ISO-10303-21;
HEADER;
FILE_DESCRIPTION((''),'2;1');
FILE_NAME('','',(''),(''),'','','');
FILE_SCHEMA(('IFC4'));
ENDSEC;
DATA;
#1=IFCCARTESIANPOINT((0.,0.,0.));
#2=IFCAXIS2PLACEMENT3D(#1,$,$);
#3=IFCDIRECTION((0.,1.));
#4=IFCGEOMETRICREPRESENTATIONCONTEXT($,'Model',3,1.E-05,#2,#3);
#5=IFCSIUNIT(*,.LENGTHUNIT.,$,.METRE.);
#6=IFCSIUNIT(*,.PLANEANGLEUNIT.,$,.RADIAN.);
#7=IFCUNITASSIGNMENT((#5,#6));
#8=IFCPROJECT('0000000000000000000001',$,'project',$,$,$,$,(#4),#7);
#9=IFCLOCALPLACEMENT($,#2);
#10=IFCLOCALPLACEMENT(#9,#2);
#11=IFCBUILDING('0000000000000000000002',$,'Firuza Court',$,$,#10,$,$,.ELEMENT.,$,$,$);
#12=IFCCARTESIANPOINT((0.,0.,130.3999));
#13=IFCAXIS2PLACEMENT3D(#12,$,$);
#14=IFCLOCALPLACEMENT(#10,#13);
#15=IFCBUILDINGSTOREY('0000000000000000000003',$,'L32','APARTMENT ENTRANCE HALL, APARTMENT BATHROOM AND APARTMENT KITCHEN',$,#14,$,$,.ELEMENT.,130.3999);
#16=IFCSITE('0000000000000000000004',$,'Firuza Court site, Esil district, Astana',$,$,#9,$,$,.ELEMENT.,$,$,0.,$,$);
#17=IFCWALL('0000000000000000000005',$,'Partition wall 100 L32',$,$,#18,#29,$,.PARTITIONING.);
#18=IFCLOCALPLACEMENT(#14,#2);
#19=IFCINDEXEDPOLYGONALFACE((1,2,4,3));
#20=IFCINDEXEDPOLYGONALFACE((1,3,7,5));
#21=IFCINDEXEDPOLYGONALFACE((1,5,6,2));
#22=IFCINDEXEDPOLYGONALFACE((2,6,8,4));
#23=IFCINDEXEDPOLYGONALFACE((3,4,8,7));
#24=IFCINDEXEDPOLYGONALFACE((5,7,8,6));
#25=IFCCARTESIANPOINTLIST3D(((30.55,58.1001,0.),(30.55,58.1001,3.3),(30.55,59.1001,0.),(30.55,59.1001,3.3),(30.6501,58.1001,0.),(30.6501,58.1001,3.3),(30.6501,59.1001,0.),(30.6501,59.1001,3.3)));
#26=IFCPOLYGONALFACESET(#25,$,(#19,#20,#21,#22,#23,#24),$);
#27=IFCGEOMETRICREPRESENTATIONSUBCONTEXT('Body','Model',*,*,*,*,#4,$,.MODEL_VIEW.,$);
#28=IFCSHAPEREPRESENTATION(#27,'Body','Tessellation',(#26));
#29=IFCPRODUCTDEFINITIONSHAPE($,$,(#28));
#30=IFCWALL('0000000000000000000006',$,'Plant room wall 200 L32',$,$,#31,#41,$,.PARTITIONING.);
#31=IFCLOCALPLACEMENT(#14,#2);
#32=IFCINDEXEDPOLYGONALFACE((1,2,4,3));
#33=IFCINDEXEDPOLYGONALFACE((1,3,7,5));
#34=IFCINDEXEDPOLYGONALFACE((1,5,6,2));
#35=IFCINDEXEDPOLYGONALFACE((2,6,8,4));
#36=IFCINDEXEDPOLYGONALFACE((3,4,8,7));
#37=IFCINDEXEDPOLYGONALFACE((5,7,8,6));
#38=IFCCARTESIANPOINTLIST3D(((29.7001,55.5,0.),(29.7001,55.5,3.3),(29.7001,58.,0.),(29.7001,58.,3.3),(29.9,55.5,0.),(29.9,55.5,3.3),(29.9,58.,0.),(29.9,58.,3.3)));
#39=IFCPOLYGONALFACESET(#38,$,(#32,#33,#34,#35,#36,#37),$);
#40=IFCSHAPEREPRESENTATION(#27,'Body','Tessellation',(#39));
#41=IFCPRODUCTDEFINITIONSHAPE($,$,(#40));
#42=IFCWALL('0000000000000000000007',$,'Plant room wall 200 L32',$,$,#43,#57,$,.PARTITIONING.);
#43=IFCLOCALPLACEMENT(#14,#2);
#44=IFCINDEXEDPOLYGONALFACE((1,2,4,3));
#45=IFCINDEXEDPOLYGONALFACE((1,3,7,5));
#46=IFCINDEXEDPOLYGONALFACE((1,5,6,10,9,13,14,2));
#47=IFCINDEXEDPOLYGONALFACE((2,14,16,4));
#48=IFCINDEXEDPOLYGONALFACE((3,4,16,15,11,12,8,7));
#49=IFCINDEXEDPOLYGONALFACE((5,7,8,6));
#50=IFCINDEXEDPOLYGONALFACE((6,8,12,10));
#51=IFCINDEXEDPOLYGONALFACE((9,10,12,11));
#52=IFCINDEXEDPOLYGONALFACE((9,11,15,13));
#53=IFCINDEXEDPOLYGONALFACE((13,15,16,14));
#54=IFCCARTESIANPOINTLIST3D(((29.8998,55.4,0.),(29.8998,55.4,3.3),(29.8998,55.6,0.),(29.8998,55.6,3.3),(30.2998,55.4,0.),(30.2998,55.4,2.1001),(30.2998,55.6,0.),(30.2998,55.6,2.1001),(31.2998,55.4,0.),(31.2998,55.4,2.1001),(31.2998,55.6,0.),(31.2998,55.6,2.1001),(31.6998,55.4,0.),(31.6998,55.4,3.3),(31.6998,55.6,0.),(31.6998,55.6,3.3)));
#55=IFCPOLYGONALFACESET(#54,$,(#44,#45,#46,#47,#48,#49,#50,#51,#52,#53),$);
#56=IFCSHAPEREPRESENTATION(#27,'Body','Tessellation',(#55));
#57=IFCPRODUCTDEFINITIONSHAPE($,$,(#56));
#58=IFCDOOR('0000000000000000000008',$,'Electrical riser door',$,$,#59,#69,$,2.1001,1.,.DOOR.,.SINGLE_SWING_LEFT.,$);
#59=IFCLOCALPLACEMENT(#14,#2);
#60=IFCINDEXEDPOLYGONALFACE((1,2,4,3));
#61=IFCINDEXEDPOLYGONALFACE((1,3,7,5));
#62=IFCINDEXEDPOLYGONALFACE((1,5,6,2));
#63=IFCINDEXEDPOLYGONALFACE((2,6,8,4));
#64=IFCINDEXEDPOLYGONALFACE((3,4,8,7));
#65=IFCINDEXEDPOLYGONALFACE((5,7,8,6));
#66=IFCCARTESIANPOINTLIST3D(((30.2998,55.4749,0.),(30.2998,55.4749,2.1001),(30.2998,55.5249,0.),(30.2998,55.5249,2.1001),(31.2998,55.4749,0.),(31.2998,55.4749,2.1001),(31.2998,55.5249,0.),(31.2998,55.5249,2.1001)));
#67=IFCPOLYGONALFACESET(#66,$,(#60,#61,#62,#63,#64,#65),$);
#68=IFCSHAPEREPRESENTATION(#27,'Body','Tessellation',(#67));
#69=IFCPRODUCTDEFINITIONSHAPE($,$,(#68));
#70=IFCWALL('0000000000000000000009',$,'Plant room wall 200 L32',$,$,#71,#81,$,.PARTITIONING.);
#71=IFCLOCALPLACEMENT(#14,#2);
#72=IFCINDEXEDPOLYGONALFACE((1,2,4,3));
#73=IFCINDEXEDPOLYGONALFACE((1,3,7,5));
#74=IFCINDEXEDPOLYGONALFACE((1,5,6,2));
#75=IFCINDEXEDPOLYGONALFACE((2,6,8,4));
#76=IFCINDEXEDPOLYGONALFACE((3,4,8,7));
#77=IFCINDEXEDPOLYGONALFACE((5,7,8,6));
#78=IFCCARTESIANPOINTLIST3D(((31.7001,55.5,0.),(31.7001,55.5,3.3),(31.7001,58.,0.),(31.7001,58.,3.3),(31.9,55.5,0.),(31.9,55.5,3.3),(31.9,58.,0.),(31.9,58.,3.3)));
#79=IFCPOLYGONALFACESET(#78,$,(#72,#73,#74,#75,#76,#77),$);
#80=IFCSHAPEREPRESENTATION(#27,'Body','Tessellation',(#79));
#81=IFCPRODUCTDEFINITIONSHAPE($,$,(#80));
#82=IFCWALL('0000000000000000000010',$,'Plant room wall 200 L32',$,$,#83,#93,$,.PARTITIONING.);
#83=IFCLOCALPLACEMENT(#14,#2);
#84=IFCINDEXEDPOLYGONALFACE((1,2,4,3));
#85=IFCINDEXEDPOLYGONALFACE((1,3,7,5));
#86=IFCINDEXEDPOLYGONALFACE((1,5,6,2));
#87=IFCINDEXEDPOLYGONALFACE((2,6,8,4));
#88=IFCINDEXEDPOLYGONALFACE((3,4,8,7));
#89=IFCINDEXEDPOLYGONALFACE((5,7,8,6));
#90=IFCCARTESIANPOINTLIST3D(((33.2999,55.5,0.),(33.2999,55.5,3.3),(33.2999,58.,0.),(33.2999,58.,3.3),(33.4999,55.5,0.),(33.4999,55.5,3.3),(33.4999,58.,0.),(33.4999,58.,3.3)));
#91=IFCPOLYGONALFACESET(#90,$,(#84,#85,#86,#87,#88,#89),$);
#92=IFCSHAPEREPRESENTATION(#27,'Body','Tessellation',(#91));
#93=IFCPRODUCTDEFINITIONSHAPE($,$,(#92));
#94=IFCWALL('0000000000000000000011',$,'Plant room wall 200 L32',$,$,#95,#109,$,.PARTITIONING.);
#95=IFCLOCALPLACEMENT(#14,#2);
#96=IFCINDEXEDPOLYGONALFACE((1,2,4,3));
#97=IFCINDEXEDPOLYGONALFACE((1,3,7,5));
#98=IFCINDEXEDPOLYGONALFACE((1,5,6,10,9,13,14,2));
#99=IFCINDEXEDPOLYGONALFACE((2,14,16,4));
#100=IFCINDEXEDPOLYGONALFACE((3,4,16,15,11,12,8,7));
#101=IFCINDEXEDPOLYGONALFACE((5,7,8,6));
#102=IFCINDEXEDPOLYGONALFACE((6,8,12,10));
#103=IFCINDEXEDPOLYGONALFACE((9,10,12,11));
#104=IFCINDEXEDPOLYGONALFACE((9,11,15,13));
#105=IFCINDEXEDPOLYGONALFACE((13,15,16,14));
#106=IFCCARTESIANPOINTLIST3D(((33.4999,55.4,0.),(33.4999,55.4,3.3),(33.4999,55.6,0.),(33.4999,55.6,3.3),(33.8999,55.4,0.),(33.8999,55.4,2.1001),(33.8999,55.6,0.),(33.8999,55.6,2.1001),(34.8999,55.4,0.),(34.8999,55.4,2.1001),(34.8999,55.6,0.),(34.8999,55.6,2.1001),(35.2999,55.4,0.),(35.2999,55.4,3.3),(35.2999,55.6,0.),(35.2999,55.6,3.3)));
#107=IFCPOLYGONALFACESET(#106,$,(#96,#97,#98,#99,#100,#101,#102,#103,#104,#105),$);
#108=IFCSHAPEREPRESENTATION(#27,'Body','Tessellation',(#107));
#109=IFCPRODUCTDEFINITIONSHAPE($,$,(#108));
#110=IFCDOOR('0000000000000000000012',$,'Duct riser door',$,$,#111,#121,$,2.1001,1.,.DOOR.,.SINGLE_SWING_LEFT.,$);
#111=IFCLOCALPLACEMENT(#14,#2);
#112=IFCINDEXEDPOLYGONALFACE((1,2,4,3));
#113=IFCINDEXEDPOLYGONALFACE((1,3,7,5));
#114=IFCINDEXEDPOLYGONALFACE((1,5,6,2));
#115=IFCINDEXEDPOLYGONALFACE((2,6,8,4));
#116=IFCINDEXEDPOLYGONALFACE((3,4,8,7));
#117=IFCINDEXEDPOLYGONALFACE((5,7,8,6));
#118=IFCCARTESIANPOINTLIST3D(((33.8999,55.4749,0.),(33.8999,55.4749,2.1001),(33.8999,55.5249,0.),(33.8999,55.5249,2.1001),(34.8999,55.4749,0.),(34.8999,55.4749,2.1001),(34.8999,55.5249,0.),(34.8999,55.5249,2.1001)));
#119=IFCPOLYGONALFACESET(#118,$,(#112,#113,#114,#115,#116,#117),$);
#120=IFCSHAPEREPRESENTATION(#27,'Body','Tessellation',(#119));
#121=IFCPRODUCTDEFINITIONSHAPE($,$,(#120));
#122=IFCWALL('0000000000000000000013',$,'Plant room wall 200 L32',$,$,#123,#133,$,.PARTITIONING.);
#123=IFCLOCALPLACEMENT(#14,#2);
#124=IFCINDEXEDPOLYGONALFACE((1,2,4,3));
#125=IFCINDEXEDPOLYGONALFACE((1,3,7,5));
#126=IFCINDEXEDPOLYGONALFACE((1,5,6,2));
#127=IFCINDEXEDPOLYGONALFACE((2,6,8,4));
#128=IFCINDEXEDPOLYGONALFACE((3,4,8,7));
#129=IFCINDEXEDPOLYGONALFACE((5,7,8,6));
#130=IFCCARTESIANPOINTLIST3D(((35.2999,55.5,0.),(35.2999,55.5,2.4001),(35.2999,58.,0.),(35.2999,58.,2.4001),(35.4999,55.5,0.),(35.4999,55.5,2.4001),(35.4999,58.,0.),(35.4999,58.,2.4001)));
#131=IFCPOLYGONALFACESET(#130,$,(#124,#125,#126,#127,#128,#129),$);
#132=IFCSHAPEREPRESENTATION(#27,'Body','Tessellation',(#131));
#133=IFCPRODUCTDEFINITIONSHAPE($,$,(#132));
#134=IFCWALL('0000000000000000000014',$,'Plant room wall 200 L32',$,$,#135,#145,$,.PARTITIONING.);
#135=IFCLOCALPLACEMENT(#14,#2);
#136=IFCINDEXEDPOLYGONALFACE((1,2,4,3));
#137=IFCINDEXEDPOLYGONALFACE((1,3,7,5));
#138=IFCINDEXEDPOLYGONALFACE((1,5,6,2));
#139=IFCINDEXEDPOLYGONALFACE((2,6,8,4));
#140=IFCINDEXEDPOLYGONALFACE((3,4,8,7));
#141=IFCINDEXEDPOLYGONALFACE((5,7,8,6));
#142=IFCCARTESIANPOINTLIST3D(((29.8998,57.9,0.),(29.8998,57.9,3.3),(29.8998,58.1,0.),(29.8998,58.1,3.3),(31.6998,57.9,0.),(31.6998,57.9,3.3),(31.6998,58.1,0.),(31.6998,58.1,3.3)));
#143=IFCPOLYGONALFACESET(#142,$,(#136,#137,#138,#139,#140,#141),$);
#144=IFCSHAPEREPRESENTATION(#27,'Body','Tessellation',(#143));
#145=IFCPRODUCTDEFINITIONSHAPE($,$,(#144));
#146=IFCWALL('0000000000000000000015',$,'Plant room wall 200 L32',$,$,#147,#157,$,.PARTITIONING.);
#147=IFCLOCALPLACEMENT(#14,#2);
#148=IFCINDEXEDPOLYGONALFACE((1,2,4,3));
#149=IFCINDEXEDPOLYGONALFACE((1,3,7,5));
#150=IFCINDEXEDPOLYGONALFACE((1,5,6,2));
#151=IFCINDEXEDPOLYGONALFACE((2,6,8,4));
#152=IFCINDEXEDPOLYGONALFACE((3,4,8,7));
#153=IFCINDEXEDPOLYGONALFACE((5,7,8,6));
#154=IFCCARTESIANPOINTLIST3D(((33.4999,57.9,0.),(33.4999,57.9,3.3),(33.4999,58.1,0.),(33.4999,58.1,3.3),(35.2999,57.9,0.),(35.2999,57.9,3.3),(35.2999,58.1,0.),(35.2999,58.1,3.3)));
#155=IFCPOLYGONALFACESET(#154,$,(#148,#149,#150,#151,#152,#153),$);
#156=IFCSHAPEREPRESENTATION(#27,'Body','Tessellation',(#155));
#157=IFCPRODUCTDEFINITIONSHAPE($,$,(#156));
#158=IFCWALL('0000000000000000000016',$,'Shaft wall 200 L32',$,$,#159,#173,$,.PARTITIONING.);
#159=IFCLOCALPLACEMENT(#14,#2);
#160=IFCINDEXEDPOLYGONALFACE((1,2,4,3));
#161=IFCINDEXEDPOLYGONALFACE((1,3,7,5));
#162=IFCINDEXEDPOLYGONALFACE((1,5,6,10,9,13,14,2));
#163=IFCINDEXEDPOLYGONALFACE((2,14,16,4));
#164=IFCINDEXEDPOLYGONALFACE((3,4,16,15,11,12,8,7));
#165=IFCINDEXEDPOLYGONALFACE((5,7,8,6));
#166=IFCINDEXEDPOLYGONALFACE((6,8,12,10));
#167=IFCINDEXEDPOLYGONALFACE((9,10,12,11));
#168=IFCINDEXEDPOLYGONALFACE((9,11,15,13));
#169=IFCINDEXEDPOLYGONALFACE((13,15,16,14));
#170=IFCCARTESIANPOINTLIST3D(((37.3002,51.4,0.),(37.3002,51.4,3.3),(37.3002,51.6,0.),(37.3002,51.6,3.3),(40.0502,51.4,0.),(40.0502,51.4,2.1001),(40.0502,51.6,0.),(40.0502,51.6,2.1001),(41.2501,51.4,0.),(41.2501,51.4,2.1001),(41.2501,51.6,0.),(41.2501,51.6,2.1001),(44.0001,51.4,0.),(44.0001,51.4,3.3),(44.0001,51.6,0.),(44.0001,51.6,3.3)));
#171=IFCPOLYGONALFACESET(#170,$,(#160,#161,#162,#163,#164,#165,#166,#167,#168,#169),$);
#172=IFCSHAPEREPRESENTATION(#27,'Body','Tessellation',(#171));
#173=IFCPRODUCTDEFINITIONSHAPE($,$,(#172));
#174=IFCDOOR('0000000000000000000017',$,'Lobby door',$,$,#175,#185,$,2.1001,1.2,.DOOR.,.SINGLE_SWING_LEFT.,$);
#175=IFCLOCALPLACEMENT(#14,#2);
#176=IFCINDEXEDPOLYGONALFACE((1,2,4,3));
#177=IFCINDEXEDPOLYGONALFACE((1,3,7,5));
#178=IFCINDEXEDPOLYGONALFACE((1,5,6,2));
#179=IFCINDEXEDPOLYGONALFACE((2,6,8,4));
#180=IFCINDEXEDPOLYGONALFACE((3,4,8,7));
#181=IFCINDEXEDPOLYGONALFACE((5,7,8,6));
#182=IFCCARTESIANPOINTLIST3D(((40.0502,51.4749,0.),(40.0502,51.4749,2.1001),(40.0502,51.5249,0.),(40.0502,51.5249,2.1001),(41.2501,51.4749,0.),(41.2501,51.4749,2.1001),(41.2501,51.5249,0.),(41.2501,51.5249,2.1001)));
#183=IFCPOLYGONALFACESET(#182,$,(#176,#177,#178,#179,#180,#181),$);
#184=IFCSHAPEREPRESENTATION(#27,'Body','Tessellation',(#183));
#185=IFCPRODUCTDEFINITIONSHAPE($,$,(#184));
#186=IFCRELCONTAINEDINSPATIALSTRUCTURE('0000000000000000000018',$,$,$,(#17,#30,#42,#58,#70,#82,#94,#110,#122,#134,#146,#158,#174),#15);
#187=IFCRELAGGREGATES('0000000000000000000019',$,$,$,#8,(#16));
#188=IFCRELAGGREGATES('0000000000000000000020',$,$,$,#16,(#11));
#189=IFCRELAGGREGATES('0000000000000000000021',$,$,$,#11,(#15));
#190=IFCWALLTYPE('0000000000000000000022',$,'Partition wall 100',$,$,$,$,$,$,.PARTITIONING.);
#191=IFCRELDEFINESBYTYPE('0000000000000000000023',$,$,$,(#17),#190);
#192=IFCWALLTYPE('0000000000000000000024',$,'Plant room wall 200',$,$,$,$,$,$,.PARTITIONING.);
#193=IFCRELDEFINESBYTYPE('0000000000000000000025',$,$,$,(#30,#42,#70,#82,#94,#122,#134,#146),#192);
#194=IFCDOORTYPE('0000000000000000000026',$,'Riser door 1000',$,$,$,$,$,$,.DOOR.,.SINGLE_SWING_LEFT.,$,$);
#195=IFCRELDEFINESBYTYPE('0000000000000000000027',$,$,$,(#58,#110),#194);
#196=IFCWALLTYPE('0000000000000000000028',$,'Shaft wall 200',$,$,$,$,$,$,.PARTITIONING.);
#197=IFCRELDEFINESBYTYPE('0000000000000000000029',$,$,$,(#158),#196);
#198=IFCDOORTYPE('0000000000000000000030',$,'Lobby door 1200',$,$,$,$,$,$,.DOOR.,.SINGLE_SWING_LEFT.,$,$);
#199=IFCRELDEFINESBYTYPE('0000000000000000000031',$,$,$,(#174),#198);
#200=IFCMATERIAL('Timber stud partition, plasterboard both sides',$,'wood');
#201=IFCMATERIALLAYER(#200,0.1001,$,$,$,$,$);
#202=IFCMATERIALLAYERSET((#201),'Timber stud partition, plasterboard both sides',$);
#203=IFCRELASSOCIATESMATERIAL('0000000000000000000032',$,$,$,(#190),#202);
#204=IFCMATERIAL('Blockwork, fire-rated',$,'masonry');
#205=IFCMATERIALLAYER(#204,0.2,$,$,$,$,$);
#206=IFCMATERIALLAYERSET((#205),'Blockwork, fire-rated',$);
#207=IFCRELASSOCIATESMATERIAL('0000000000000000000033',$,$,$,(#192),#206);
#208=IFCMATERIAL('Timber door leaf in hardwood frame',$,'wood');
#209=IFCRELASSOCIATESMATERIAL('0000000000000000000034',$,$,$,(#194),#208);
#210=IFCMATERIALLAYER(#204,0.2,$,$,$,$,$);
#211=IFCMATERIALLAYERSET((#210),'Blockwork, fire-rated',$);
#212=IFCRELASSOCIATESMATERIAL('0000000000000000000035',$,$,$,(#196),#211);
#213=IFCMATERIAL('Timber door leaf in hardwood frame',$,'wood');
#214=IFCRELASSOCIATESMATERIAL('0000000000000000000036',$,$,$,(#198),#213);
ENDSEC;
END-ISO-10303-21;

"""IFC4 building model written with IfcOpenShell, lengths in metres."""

from ifc_helpers import new_model, si_unit, direction, frame, frame_2d, origin, place, context, subcontext, project, spatial, rectangle, extrude, material, layer, layer_set, type_object, element, fill, save


model = new_model("IFC4")

# Units and contexts
model_context = context("Model", 3, precision=1e-05, world=origin(), true_north=direction((0.0, 1.0)))
body_context = subcontext(model_context, "Body", "Model", "MODEL_VIEW")
ifc_project = project(units=[si_unit("LENGTHUNIT", "METRE"), si_unit("PLANEANGLEUNIT", "RADIAN")], contexts=[model_context])

# Site, building, storey
site_placement = place(None, origin())
site = spatial("IfcSite", under=ifc_project, at=site_placement, Name="Firuza Court site, Esil district, Astana", CompositionType="ELEMENT", RefElevation=0.0)
building_placement = place(site_placement, origin())
building = spatial("IfcBuilding", under=site, at=building_placement, Name="Firuza Court", CompositionType="ELEMENT")
storey_placement = place(building_placement, frame((0.0, 0.0, 130.3999)))
storey = spatial("IfcBuildingStorey", under=building, at=storey_placement, Name="L32", Description="APARTMENT ENTRANCE HALL, APARTMENT BATHROOM AND APARTMENT KITCHEN", CompositionType="ELEMENT", Elevation=130.3999)

# Walls
ifc_material_1 = material(Name="Timber stud partition, plasterboard both sides", Category="wood")
ifc_layer_1 = layer(ifc_material_1, 0.1001)
ifc_layer_set_1 = layer_set([ifc_layer_1], Name="Timber stud partition, plasterboard both sides")
wall_type_1 = type_object("IfcWallType", Name="Partition wall 100", PredefinedType="PARTITIONING", material=ifc_layer_set_1)
wall_1_placement = place(storey_placement, frame((30.6001, 58.1001, 0.0), z_axis=(0.0, 0.0, 1.0), x_axis=(0.0, 1.0, 0.0)))
element("IfcWall", 1, at=wall_1_placement, inside=storey, type_object=wall_type_1, Name="Partition wall 100 L32", PredefinedType="PARTITIONING", context=body_context, shape_type="SweptSolid", body=[
    extrude(rectangle(XDim=1.0, YDim=0.1001, at=frame_2d((0.5, 0.0))), origin(), (0.0, 0.0, 1.0), 3.3),
])
ifc_material_2 = material(Name="Blockwork, fire-rated", Category="masonry")
ifc_layer_2 = layer(ifc_material_2, 0.2)
ifc_layer_set_2 = layer_set([ifc_layer_2], Name="Blockwork, fire-rated")
wall_type_2 = type_object("IfcWallType", Name="Plant room wall 200", PredefinedType="PARTITIONING", material=ifc_layer_set_2)
wall_2_placement = place(storey_placement, frame((29.8, 55.5, 0.0), z_axis=(0.0, 0.0, 1.0), x_axis=(0.0, 1.0, 0.0)))
element("IfcWall", 2, at=wall_2_placement, inside=storey, type_object=wall_type_2, Name="Plant room wall 200 L32", PredefinedType="PARTITIONING", context=body_context, shape_type="SweptSolid", body=[
    extrude(rectangle(XDim=2.5, YDim=0.2, at=frame_2d((1.25, 0.0))), origin(), (0.0, 0.0, 1.0), 3.3),
])

# Wall, opening, door
wall_3_placement = place(storey_placement, frame((29.8999, 55.5, 0.0), z_axis=(0.0, 0.0, 1.0), x_axis=(1.0, 0.0, 0.0)))
wall_3 = element("IfcWall", 3, at=wall_3_placement, inside=storey, type_object=wall_type_2, Name="Plant room wall 200 L32", PredefinedType="PARTITIONING", context=body_context, shape_type="SweptSolid", body=[
    extrude(rectangle(XDim=1.8, YDim=0.2, at=frame_2d((0.8999, 0.0))), origin(), (0.0, 0.0, 1.0), 3.3),
])
opening_1_placement = place(wall_3_placement, frame((0.3999, 0.0, 0.0)))
opening_1 = element("IfcOpeningElement", 4, at=opening_1_placement, cuts=wall_3, PredefinedType="OPENING", context=body_context, shape_type="SweptSolid", body=[
    extrude(rectangle(XDim=1.0, YDim=2.1001, at=frame_2d((0.5, 1.05))), frame((0.0, 0.1118, 0.0), z_axis=(0.0, -1.0, 0.0), x_axis=(1.0, 0.0, 0.0)), (0.0, 0.0, 1.0), 0.2239),
])
ifc_material_3 = material(Name="Timber door leaf in hardwood frame", Category="wood")
door_type_1 = type_object("IfcDoorType", Name="Riser door 1000", OperationType="SINGLE_SWING_LEFT", PredefinedType="DOOR", material=ifc_material_3)
door_1_placement = place(opening_1_placement, origin())
door_1 = element("IfcDoor", 5, at=door_1_placement, inside=storey, type_object=door_type_1, Name="Electrical riser door", OperationType="SINGLE_SWING_LEFT", OverallHeight=2.1001, OverallWidth=1.0, PredefinedType="DOOR", context=body_context, shape_type="SweptSolid", body=[
    extrude(rectangle(XDim=1.0, YDim=2.1001, at=frame_2d((0.5, 1.05))), frame((0.0, 0.0249, 0.0), z_axis=(0.0, -1.0, 0.0), x_axis=(1.0, 0.0, 0.0)), (0.0, 0.0, 1.0), 0.05),
])
fill(opening_1, door_1)

# Walls
for number, where, z_axis, x_axis, name in (
    (6, (31.8, 55.5, 0.0), (0.0, 0.0, 1.0), (0.0, 1.0, 0.0), "Plant room wall 200 L32"),
    (7, (33.3999, 55.5, 0.0), (0.0, 0.0, 1.0), (0.0, 1.0, 0.0), "Plant room wall 200 L32"),
):
    element("IfcWall", number, at=place(storey_placement, frame(where, z_axis=z_axis, x_axis=x_axis)), inside=storey, type_object=wall_type_2, Name=name, PredefinedType="PARTITIONING", context=body_context, shape_type="SweptSolid", body=[
        extrude(rectangle(XDim=2.5, YDim=0.2, at=frame_2d((1.25, 0.0))), origin(), (0.0, 0.0, 1.0), 3.3),
    ])

# Wall, opening, door
wall_4_placement = place(storey_placement, frame((33.5, 55.5, 0.0), z_axis=(0.0, 0.0, 1.0), x_axis=(1.0, 0.0, 0.0)))
wall_4 = element("IfcWall", 8, at=wall_4_placement, inside=storey, type_object=wall_type_2, Name="Plant room wall 200 L32", PredefinedType="PARTITIONING", context=body_context, shape_type="SweptSolid", body=[
    extrude(rectangle(XDim=1.8, YDim=0.2, at=frame_2d((0.8999, 0.0))), origin(), (0.0, 0.0, 1.0), 3.3),
])
opening_2_placement = place(wall_4_placement, frame((0.3999, 0.0, 0.0)))
opening_2 = element("IfcOpeningElement", 9, at=opening_2_placement, cuts=wall_4, PredefinedType="OPENING", context=body_context, shape_type="SweptSolid", body=[
    extrude(rectangle(XDim=1.0, YDim=2.1001, at=frame_2d((0.5, 1.05))), frame((0.0, 0.1118, 0.0), z_axis=(0.0, -1.0, 0.0), x_axis=(1.0, 0.0, 0.0)), (0.0, 0.0, 1.0), 0.2239),
])
door_2_placement = place(opening_2_placement, origin())
door_2 = element("IfcDoor", 10, at=door_2_placement, inside=storey, type_object=door_type_1, Name="Duct riser door", OperationType="SINGLE_SWING_LEFT", OverallHeight=2.1001, OverallWidth=1.0, PredefinedType="DOOR", context=body_context, shape_type="SweptSolid", body=[
    extrude(rectangle(XDim=1.0, YDim=2.1001, at=frame_2d((0.5, 1.05))), frame((0.0, 0.0249, 0.0), z_axis=(0.0, -1.0, 0.0), x_axis=(1.0, 0.0, 0.0)), (0.0, 0.0, 1.0), 0.05),
])
fill(opening_2, door_2)

# Walls
wall_5_placement = place(storey_placement, frame((35.3999, 55.5, 0.0), z_axis=(0.0, 0.0, 1.0), x_axis=(0.0, 1.0, 0.0)))
element("IfcWall", 11, at=wall_5_placement, inside=storey, type_object=wall_type_2, Name="Plant room wall 200 L32", PredefinedType="PARTITIONING", context=body_context, shape_type="SweptSolid", body=[
    extrude(rectangle(XDim=2.5, YDim=0.2, at=frame_2d((1.25, 0.0))), origin(), (0.0, 0.0, 1.0), 2.4001),
])
for number, where, z_axis, x_axis, name in (
    (12, (29.8999, 58.0, 0.0), (0.0, 0.0, 1.0), (1.0, 0.0, 0.0), "Plant room wall 200 L32"),
    (13, (33.5, 58.0, 0.0), (0.0, 0.0, 1.0), (1.0, 0.0, 0.0), "Plant room wall 200 L32"),
):
    element("IfcWall", number, at=place(storey_placement, frame(where, z_axis=z_axis, x_axis=x_axis)), inside=storey, type_object=wall_type_2, Name=name, PredefinedType="PARTITIONING", context=body_context, shape_type="SweptSolid", body=[
        extrude(rectangle(XDim=1.8, YDim=0.2, at=frame_2d((0.8999, 0.0))), origin(), (0.0, 0.0, 1.0), 3.3),
    ])

# Wall, opening, door
ifc_layer_3 = layer(ifc_material_2, 0.2)
ifc_layer_set_3 = layer_set([ifc_layer_3], Name="Blockwork, fire-rated")
wall_type_3 = type_object("IfcWallType", Name="Shaft wall 200", PredefinedType="PARTITIONING", material=ifc_layer_set_3)
wall_6_placement = place(storey_placement, frame((37.3, 51.5, 0.0), z_axis=(0.0, 0.0, 1.0), x_axis=(1.0, 0.0, 0.0)))
wall_6 = element("IfcWall", 14, at=wall_6_placement, inside=storey, type_object=wall_type_3, Name="Shaft wall 200 L32", PredefinedType="PARTITIONING", context=body_context, shape_type="SweptSolid", body=[
    extrude(rectangle(XDim=6.7, YDim=0.2, at=frame_2d((3.3501, 0.0))), origin(), (0.0, 0.0, 1.0), 3.3),
])
opening_3_placement = place(wall_6_placement, frame((2.75, 0.0, 0.0)))
opening_3 = element("IfcOpeningElement", 15, at=opening_3_placement, cuts=wall_6, PredefinedType="OPENING", context=body_context, shape_type="SweptSolid", body=[
    extrude(rectangle(XDim=1.2, YDim=2.1001, at=frame_2d((0.6001, 1.05))), frame((0.0, 0.1118, 0.0), z_axis=(0.0, -1.0, 0.0), x_axis=(1.0, 0.0, 0.0)), (0.0, 0.0, 1.0), 0.2239),
])
ifc_material_4 = material(Name="Timber door leaf in hardwood frame", Category="wood")
door_type_2 = type_object("IfcDoorType", Name="Lobby door 1200", OperationType="SINGLE_SWING_LEFT", PredefinedType="DOOR", material=ifc_material_4)
door_3_placement = place(opening_3_placement, origin())
door_3 = element("IfcDoor", 16, at=door_3_placement, inside=storey, type_object=door_type_2, Name="Lobby door", OperationType="SINGLE_SWING_LEFT", OverallHeight=2.1001, OverallWidth=1.2, PredefinedType="DOOR", context=body_context, shape_type="SweptSolid", body=[
    extrude(rectangle(XDim=1.2, YDim=2.1001, at=frame_2d((0.6001, 1.05))), frame((0.0, 0.0249, 0.0), z_axis=(0.0, -1.0, 0.0), x_axis=(1.0, 0.0, 0.0)), (0.0, 0.0, 1.0), 0.05),
])
fill(opening_3, door_3)

save(model, "model.ifc")
